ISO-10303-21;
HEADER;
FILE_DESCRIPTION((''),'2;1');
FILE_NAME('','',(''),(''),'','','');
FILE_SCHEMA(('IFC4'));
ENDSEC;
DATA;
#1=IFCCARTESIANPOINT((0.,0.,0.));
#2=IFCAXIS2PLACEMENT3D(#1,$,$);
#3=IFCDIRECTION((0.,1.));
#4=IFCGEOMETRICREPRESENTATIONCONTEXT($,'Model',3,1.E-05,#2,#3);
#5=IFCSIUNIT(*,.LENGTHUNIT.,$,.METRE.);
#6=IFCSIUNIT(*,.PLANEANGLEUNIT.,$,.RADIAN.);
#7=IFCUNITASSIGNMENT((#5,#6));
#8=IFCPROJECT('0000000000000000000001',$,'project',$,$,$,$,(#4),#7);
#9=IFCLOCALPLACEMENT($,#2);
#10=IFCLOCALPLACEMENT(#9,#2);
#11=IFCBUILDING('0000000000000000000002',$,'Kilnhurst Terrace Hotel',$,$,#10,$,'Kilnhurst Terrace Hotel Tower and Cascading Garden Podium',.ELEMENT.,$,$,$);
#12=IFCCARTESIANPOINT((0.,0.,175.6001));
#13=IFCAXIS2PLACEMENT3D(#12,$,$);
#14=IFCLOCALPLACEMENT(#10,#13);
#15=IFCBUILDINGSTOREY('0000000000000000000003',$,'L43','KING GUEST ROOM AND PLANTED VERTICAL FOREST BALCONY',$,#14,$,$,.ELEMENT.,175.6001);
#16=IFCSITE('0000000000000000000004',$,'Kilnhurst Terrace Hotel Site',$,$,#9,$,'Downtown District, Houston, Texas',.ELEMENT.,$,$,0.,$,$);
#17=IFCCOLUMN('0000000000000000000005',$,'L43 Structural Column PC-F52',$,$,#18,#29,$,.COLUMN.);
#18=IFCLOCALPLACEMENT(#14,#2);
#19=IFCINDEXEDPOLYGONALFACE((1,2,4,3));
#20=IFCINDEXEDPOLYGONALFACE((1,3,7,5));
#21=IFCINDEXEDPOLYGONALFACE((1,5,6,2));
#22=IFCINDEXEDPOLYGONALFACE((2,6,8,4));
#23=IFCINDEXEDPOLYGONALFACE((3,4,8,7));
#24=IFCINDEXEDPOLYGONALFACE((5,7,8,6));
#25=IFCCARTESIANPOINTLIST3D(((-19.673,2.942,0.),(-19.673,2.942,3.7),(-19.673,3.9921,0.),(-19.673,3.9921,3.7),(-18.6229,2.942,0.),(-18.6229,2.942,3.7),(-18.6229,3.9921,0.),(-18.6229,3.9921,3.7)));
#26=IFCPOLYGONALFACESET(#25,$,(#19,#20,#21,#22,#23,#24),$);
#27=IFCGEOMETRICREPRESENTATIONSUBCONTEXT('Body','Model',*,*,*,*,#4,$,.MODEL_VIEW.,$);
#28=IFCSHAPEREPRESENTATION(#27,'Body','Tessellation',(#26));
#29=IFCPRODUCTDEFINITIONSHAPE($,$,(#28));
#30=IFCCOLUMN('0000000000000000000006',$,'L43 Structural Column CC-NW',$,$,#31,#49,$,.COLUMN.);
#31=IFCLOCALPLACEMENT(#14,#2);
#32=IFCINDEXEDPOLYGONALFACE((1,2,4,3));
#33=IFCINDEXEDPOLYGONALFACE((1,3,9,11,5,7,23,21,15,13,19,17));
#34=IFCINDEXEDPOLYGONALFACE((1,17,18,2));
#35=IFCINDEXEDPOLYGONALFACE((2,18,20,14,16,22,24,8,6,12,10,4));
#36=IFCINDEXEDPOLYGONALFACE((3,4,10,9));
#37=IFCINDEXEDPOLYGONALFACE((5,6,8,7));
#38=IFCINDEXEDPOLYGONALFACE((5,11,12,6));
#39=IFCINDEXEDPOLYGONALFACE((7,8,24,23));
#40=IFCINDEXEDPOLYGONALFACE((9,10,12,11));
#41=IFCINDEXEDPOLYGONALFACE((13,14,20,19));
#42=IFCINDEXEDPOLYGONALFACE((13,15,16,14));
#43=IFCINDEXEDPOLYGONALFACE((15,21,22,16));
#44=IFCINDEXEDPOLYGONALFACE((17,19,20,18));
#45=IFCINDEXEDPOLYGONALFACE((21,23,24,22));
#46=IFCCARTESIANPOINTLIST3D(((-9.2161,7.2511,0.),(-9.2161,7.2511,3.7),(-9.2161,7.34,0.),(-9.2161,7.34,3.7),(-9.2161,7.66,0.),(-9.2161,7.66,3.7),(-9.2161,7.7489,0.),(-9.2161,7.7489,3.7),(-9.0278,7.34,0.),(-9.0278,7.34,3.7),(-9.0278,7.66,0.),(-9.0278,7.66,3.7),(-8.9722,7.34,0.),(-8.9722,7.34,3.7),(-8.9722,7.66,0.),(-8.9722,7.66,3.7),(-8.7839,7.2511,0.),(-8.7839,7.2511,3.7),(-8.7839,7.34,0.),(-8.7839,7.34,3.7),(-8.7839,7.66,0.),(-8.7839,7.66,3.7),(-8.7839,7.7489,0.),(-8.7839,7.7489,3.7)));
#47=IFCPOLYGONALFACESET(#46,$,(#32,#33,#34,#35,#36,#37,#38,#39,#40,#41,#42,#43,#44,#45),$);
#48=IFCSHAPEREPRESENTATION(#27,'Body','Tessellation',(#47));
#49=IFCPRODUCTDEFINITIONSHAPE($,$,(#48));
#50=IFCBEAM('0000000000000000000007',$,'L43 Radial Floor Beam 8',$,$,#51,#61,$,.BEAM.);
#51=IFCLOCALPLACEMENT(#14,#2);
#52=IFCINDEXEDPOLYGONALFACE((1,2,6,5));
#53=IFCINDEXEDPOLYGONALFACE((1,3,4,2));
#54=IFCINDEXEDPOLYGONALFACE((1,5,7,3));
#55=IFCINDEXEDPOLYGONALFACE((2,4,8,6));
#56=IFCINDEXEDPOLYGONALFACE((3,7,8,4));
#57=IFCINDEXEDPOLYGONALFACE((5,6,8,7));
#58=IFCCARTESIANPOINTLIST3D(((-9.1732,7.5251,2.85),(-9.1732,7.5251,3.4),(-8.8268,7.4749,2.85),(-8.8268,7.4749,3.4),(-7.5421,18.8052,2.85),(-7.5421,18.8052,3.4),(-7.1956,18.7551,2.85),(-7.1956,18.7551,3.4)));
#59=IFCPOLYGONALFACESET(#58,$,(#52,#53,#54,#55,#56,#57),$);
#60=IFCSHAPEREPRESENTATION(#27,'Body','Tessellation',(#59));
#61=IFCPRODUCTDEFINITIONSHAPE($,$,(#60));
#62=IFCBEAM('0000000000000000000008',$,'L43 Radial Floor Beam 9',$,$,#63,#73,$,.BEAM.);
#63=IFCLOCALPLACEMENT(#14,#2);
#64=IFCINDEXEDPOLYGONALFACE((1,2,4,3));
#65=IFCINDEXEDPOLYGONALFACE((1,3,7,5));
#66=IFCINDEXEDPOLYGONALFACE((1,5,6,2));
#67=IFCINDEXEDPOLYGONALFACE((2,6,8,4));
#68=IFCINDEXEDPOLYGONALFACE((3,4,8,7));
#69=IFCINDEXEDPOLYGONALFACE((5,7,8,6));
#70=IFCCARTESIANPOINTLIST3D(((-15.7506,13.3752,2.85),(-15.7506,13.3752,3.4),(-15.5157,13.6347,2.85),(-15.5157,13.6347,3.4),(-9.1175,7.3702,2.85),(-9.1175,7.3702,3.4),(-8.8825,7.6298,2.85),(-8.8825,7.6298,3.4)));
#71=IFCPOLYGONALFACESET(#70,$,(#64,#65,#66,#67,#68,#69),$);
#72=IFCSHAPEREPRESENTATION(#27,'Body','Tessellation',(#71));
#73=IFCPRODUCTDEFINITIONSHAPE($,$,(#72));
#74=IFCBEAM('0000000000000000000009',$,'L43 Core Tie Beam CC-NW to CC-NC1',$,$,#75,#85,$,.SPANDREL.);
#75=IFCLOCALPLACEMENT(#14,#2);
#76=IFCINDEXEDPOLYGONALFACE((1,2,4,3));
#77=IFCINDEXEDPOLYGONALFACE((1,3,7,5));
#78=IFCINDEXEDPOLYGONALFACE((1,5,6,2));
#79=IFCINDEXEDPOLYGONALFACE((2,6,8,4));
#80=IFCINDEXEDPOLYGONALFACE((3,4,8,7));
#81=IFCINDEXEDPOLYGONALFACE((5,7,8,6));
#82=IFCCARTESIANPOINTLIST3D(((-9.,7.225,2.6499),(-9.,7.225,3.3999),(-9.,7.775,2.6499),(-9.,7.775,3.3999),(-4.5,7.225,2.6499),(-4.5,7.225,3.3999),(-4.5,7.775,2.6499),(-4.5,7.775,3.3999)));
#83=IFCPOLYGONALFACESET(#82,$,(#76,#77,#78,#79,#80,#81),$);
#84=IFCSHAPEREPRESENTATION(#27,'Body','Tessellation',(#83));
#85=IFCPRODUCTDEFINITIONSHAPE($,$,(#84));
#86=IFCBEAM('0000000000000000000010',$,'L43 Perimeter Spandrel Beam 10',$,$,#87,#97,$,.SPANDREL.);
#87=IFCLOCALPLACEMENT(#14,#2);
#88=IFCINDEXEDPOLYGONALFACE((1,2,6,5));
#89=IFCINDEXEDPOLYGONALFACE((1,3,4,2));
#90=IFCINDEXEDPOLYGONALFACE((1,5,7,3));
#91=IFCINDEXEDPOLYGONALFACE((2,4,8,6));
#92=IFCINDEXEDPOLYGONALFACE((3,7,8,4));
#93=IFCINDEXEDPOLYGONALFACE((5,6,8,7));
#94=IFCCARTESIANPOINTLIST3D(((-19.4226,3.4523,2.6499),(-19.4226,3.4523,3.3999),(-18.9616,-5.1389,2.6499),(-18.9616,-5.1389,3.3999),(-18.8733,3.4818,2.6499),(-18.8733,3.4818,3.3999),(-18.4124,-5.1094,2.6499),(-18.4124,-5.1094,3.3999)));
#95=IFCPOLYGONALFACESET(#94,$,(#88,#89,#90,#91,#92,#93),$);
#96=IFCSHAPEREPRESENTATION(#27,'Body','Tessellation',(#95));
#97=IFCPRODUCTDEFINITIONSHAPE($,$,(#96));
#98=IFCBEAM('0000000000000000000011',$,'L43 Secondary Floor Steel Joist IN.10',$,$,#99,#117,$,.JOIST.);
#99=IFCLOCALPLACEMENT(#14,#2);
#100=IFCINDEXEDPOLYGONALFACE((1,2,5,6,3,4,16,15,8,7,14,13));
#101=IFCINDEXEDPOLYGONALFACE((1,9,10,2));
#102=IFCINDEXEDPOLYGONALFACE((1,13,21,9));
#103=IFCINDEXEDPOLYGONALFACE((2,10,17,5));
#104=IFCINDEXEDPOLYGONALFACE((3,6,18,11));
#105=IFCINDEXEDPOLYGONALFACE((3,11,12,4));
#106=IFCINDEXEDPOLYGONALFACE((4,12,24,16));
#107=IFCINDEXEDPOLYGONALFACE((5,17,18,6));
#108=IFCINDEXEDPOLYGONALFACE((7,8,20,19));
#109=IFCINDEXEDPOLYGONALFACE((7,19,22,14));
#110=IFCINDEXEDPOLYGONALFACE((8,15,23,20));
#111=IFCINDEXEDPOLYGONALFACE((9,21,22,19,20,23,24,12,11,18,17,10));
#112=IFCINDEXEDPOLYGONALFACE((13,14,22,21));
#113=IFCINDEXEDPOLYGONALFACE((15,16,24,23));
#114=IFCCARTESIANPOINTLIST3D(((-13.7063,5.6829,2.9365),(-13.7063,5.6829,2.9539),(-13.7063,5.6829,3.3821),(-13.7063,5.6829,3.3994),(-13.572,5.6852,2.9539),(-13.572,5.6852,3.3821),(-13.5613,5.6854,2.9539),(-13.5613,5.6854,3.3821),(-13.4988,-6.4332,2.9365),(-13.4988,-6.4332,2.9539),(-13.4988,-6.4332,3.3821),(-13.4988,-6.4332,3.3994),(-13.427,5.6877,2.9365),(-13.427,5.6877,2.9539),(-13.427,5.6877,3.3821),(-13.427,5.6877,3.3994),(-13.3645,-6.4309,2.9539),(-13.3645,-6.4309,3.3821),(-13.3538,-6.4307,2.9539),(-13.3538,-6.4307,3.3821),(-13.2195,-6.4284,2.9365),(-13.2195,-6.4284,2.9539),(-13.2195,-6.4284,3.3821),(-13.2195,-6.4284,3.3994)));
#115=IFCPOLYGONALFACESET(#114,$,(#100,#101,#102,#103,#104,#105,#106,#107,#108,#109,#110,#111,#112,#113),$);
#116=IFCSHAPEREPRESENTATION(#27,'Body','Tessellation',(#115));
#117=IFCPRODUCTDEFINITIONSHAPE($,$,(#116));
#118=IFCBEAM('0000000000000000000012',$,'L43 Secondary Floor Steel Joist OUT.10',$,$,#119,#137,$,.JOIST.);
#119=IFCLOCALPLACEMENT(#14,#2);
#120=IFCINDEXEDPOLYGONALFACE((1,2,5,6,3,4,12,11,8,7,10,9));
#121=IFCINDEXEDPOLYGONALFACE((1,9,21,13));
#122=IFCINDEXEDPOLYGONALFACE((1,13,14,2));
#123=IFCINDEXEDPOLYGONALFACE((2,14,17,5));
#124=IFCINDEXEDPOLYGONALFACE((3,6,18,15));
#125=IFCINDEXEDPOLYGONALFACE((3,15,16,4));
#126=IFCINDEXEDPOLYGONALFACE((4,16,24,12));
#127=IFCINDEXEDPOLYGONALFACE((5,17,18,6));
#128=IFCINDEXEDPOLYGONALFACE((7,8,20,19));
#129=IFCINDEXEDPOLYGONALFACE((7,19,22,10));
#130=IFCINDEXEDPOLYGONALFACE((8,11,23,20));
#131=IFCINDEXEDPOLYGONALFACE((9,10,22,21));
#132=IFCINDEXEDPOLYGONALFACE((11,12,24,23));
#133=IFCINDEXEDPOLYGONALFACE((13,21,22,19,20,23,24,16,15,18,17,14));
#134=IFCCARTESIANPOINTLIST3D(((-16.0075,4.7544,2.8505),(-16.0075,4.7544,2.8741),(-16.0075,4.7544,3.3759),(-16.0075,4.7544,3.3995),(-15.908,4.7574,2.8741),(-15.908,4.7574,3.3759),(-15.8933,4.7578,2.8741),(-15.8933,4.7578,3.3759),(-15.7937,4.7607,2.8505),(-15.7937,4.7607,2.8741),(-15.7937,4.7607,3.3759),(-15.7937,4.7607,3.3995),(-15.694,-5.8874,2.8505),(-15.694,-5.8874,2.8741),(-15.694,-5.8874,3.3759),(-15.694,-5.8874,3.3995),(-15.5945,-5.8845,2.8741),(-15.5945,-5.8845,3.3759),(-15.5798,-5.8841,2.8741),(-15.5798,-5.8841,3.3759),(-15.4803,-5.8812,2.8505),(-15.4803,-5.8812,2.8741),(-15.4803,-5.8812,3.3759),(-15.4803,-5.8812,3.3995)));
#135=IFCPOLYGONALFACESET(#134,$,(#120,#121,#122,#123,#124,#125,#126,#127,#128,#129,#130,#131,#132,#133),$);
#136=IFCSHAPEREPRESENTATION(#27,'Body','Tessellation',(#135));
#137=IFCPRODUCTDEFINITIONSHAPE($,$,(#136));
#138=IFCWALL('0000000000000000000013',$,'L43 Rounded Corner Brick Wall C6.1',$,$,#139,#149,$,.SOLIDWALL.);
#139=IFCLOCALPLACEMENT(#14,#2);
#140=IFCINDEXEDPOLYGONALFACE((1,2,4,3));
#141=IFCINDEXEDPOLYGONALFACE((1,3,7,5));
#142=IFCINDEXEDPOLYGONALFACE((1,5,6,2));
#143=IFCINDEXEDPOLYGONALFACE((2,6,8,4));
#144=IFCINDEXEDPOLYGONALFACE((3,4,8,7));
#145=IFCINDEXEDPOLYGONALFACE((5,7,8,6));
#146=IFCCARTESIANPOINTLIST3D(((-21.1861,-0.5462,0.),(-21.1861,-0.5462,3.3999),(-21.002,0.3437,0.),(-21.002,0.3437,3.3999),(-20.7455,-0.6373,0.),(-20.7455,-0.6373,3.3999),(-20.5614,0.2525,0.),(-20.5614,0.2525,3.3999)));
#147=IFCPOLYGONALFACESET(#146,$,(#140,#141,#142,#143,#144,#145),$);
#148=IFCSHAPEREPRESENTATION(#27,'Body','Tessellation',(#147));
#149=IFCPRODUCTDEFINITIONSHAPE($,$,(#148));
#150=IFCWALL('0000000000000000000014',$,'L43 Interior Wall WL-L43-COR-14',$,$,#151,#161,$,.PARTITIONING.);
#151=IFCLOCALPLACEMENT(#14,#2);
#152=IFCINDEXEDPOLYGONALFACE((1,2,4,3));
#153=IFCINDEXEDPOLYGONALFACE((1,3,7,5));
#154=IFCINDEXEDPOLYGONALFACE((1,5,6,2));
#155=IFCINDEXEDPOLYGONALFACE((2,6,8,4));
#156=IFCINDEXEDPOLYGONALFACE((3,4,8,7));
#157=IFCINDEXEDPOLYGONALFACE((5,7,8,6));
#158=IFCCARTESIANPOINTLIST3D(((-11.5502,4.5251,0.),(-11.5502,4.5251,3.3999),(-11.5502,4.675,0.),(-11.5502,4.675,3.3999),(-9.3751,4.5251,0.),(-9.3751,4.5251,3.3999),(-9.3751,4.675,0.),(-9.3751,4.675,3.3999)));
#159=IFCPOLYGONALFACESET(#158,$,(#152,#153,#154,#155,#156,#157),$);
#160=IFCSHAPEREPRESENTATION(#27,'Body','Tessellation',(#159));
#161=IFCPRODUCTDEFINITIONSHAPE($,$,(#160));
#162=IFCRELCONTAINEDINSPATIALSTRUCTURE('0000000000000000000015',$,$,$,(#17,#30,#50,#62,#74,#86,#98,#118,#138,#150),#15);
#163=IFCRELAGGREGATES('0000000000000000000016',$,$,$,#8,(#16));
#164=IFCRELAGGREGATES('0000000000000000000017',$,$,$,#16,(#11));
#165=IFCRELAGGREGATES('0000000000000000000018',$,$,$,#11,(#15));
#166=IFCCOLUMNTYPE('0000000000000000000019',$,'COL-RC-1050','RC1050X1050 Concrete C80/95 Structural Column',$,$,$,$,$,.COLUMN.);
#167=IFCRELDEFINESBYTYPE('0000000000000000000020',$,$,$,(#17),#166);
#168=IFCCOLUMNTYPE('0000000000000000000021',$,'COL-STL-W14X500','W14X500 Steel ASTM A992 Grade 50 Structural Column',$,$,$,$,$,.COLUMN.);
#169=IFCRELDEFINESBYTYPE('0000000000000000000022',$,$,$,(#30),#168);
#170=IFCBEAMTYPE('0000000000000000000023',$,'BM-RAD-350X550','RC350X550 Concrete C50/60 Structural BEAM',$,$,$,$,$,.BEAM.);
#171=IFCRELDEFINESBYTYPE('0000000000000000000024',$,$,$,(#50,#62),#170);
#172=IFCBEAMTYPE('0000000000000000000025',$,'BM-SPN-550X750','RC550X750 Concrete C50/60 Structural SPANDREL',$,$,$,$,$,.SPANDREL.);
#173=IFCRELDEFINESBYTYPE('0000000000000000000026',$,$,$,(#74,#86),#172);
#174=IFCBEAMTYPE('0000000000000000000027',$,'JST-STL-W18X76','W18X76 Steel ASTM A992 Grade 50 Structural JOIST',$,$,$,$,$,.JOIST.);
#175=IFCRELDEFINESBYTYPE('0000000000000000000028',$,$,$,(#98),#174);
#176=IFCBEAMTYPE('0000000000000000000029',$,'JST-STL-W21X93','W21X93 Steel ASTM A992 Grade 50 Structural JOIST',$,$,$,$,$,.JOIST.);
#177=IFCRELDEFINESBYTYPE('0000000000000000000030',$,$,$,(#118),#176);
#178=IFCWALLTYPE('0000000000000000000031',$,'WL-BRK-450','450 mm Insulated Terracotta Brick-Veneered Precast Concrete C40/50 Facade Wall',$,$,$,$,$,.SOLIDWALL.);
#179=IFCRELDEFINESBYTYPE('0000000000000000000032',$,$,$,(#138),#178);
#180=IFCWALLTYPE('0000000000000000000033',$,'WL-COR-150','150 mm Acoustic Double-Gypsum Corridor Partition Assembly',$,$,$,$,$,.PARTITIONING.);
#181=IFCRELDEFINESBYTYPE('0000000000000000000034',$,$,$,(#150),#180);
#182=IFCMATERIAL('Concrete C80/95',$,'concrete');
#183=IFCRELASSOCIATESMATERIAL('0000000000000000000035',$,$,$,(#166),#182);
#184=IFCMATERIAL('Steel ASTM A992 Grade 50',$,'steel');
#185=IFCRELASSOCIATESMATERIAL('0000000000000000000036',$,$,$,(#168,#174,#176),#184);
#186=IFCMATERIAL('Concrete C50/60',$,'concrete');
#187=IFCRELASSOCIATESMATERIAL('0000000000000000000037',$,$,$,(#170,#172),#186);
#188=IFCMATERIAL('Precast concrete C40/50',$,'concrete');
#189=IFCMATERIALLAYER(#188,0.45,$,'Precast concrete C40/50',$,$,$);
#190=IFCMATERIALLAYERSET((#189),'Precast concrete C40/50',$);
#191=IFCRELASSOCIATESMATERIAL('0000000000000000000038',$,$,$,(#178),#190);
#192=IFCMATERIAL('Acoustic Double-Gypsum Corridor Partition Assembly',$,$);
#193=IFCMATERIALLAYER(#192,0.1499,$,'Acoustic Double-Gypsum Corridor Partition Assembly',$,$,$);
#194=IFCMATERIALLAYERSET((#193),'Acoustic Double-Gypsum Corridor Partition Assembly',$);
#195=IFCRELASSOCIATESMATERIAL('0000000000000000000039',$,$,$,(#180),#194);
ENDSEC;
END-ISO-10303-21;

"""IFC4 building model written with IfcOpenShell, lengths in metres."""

from ifc_helpers import new_model, si_unit, direction, frame, frame_2d, origin, origin_2d, place, context, subcontext, project, spatial, rectangle, i_section, extrude, material, layer, layer_set, material_profile, profile_set, type_object, element, save


model = new_model("IFC4")

# Units and contexts
model_context = context("Model", 3, precision=1e-05, world=origin(), true_north=direction((0.0, 1.0)))
body_context = subcontext(model_context, "Body", "Model", "MODEL_VIEW")
ifc_project = project(units=[si_unit("LENGTHUNIT", "METRE"), si_unit("PLANEANGLEUNIT", "RADIAN")], contexts=[model_context])

# Site, building, storey
site_placement = place(None, origin())
site = spatial("IfcSite", under=ifc_project, at=site_placement, Name="Kilnhurst Terrace Hotel Site", LongName="Downtown District, Houston, Texas", CompositionType="ELEMENT", RefElevation=0.0)
building_placement = place(site_placement, origin())
building = spatial("IfcBuilding", under=site, at=building_placement, Name="Kilnhurst Terrace Hotel", LongName="Kilnhurst Terrace Hotel Tower and Cascading Garden Podium", CompositionType="ELEMENT")
storey_placement = place(building_placement, frame((0.0, 0.0, 175.6001)))
storey = spatial("IfcBuildingStorey", under=building, at=storey_placement, Name="L43", Description="KING GUEST ROOM AND PLANTED VERTICAL FOREST BALCONY", CompositionType="ELEMENT", Elevation=175.6001)

# Columns
ifc_material_1 = material(Name="Concrete C80/95", Category="concrete")
ifc_material_profile_1 = material_profile(ifc_material_1, rectangle(XDim=1.05, YDim=1.05, at=origin_2d()), Name="RC1050X1050")
ifc_profile_set_1 = profile_set([ifc_material_profile_1], Name="Concrete C80/95")
column_type_1 = type_object("IfcColumnType", Name="COL-RC-1050", Description="RC1050X1050 Concrete C80/95 Structural Column", PredefinedType="COLUMN", material=ifc_profile_set_1)
column_1_placement = place(storey_placement, frame((-19.1479, 3.467, 0.0), z_axis=(0.0, 0.0, 1.0), x_axis=(1.0, 0.0, 0.0)))
element("IfcColumn", 1, at=column_1_placement, inside=storey, type_object=column_type_1, Name="L43 Structural Column PC-F52", PredefinedType="COLUMN", context=body_context, shape_type="SweptSolid", body=[
    extrude(rectangle(XDim=1.05, YDim=1.05, at=origin_2d()), origin(), (0.0, 0.0, 1.0), 3.7),
])
ifc_material_2 = material(Name="Steel ASTM A992 Grade 50", Category="steel")
ifc_material_profile_2 = material_profile(ifc_material_2, i_section(OverallWidth=0.4321, OverallDepth=0.4978, WebThickness=0.0557, FlangeThickness=0.0889, at=origin_2d()), Name="W14X500")
ifc_profile_set_2 = profile_set([ifc_material_profile_2], Name="Steel ASTM A992 Grade 50")
column_type_2 = type_object("IfcColumnType", Name="COL-STL-W14X500", Description="W14X500 Steel ASTM A992 Grade 50 Structural Column", PredefinedType="COLUMN", material=ifc_profile_set_2)
column_2_placement = place(storey_placement, frame((-9.0, 7.5, 0.0), z_axis=(0.0, 0.0, 1.0), x_axis=(1.0, 0.0, 0.0)))
element("IfcColumn", 2, at=column_2_placement, inside=storey, type_object=column_type_2, Name="L43 Structural Column CC-NW", PredefinedType="COLUMN", context=body_context, shape_type="SweptSolid", body=[
    extrude(i_section(OverallWidth=0.4321, OverallDepth=0.4978, WebThickness=0.0557, FlangeThickness=0.0889, at=origin_2d()), origin(), (0.0, 0.0, 1.0), 3.7),
])

# Beams
ifc_material_3 = material(Name="Concrete C50/60", Category="concrete")
ifc_material_profile_3 = material_profile(ifc_material_3, rectangle(XDim=0.3501, YDim=0.55, at=origin_2d()), Name="RC350X550")
ifc_profile_set_3 = profile_set([ifc_material_profile_3], Name="Concrete C50/60")
beam_type_1 = type_object("IfcBeamType", Name="BM-RAD-350X550", Description="RC350X550 Concrete C50/60 Structural BEAM", PredefinedType="BEAM", material=ifc_profile_set_3)
beam_1_placement = place(storey_placement, frame((-9.0, 7.5, 3.125), z_axis=(0.143113, 0.989706, 0.0), x_axis=(-0.989706, 0.143113, 0.0)))
element("IfcBeam", 3, at=beam_1_placement, inside=storey, type_object=beam_type_1, Name="L43 Radial Floor Beam 8", PredefinedType="BEAM", context=body_context, shape_type="SweptSolid", body=[
    extrude(rectangle(XDim=0.3501, YDim=0.55, at=origin_2d()), origin(), (0.0, 0.0, 1.0), 11.3975),
])
beam_2_placement = place(storey_placement, frame((-9.0, 7.5, 3.125), z_axis=(-0.741339, 0.671131, 0.0), x_axis=(-0.671131, -0.741339, 0.0)))
element("IfcBeam", 4, at=beam_2_placement, inside=storey, type_object=beam_type_1, Name="L43 Radial Floor Beam 9", PredefinedType="BEAM", context=body_context, shape_type="SweptSolid", body=[
    extrude(rectangle(XDim=0.3501, YDim=0.55, at=origin_2d()), origin(), (0.0, 0.0, 1.0), 8.9475),
])
ifc_material_profile_4 = material_profile(ifc_material_3, rectangle(XDim=0.55, YDim=0.75, at=origin_2d()), Name="RC550X750")
ifc_profile_set_4 = profile_set([ifc_material_profile_4], Name="Concrete C50/60")
beam_type_2 = type_object("IfcBeamType", Name="BM-SPN-550X750", Description="RC550X750 Concrete C50/60 Structural SPANDREL", PredefinedType="SPANDREL", material=ifc_profile_set_4)
beam_3_placement = place(storey_placement, frame((-9.0, 7.5, 3.0249), z_axis=(1.0, 0.0, 0.0), x_axis=(0.0, 1.0, 0.0)))
element("IfcBeam", 5, at=beam_3_placement, inside=storey, type_object=beam_type_2, Name="L43 Core Tie Beam CC-NW to CC-NC1", PredefinedType="SPANDREL", context=body_context, shape_type="SweptSolid", body=[
    extrude(rectangle(XDim=0.55, YDim=0.75, at=origin_2d()), origin(), (0.0, 0.0, 1.0), 4.5),
])
beam_4_placement = place(storey_placement, frame((-19.1479, 3.467, 3.0249), z_axis=(0.053576, -0.998564, 0.0), x_axis=(0.998564, 0.053576, 0.0)))
element("IfcBeam", 6, at=beam_4_placement, inside=storey, type_object=beam_type_2, Name="L43 Perimeter Spandrel Beam 10", PredefinedType="SPANDREL", context=body_context, shape_type="SweptSolid", body=[
    extrude(rectangle(XDim=0.55, YDim=0.75, at=origin_2d()), origin(), (0.0, 0.0, 1.0), 8.6035),
])
ifc_material_profile_5 = material_profile(ifc_material_2, i_section(OverallWidth=0.2793, OverallDepth=0.4629, WebThickness=0.0107, FlangeThickness=0.0173, at=origin_2d()), Name="W18X76")
ifc_profile_set_5 = profile_set([ifc_material_profile_5], Name="Steel ASTM A992 Grade 50")
beam_type_3 = type_object("IfcBeamType", Name="JST-STL-W18X76", Description="W18X76 Steel ASTM A992 Grade 50 Structural JOIST", PredefinedType="JOIST", material=ifc_profile_set_5)
beam_5_placement = place(storey_placement, frame((-13.5667, 5.6853, 3.168), z_axis=(0.017125, -0.999853, 0.0), x_axis=(0.999853, 0.017125, 0.0)))
element("IfcBeam", 7, at=beam_5_placement, inside=storey, type_object=beam_type_3, Name="L43 Secondary Floor Steel Joist IN.10", PredefinedType="JOIST", context=body_context, shape_type="SweptSolid", body=[
    extrude(i_section(OverallWidth=0.2793, OverallDepth=0.4629, WebThickness=0.0107, FlangeThickness=0.0173, at=origin_2d()), origin(), (0.0, 0.0, 1.0), 12.1179),
])
ifc_material_profile_6 = material_profile(ifc_material_2, i_section(OverallWidth=0.2139, OverallDepth=0.5491, WebThickness=0.0146, FlangeThickness=0.0237, at=origin_2d()), Name="W21X93")
ifc_profile_set_6 = profile_set([ifc_material_profile_6], Name="Steel ASTM A992 Grade 50")
beam_type_4 = type_object("IfcBeamType", Name="JST-STL-W21X93", Description="W21X93 Steel ASTM A992 Grade 50 Structural JOIST", PredefinedType="JOIST", material=ifc_profile_set_6)
beam_6_placement = place(storey_placement, frame((-15.9006, 4.7576, 3.125), z_axis=(0.029444, -0.999566, 0.0), x_axis=(0.999566, 0.029444, 0.0)))
element("IfcBeam", 8, at=beam_6_placement, inside=storey, type_object=beam_type_4, Name="L43 Secondary Floor Steel Joist OUT.10", PredefinedType="JOIST", context=body_context, shape_type="SweptSolid", body=[
    extrude(i_section(OverallWidth=0.2139, OverallDepth=0.5491, WebThickness=0.0146, FlangeThickness=0.0237, at=origin_2d()), origin(), (0.0, 0.0, 1.0), 10.6465),
])

# Walls
ifc_material_4 = material(Name="Precast concrete C40/50", Category="concrete")
ifc_layer_1 = layer(ifc_material_4, 0.45, Name="Precast concrete C40/50")
ifc_layer_set_1 = layer_set([ifc_layer_1], Name="Precast concrete C40/50")
wall_type_1 = type_object("IfcWallType", Name="WL-BRK-450", Description="450 mm Insulated Terracotta Brick-Veneered Precast Concrete C40/50 Facade Wall", PredefinedType="SOLIDWALL", material=ifc_layer_set_1)
wall_1_placement = place(storey_placement, frame((-20.7817, 0.2981, 0.0), z_axis=(0.0, 0.0, 1.0), x_axis=(-0.20257, -0.979268, 0.0)))
element("IfcWall", 9, at=wall_1_placement, inside=storey, type_object=wall_type_1, Name="L43 Rounded Corner Brick Wall C6.1", PredefinedType="SOLIDWALL", context=body_context, shape_type="SweptSolid", body=[
    extrude(rectangle(XDim=0.9087, YDim=0.45, at=frame_2d((0.4543, 0.0))), origin(), (0.0, 0.0, 1.0), 3.3999),
])
ifc_material_5 = material(Name="Acoustic Double-Gypsum Corridor Partition Assembly")
ifc_layer_2 = layer(ifc_material_5, 0.1499, Name="Acoustic Double-Gypsum Corridor Partition Assembly")
ifc_layer_set_2 = layer_set([ifc_layer_2], Name="Acoustic Double-Gypsum Corridor Partition Assembly")
wall_type_2 = type_object("IfcWallType", Name="WL-COR-150", Description="150 mm Acoustic Double-Gypsum Corridor Partition Assembly", PredefinedType="PARTITIONING", material=ifc_layer_set_2)
wall_2_placement = place(storey_placement, frame((-11.55, 4.6001, 0.0), z_axis=(0.0, 0.0, 1.0), x_axis=(1.0, 0.0, 0.0)))
element("IfcWall", 10, at=wall_2_placement, inside=storey, type_object=wall_type_2, Name="L43 Interior Wall WL-L43-COR-14", PredefinedType="PARTITIONING", context=body_context, shape_type="SweptSolid", body=[
    extrude(rectangle(XDim=2.175, YDim=0.1499, at=frame_2d((1.0874, 0.0))), origin(), (0.0, 0.0, 1.0), 3.3999),
])

save(model, "model.ifc")
